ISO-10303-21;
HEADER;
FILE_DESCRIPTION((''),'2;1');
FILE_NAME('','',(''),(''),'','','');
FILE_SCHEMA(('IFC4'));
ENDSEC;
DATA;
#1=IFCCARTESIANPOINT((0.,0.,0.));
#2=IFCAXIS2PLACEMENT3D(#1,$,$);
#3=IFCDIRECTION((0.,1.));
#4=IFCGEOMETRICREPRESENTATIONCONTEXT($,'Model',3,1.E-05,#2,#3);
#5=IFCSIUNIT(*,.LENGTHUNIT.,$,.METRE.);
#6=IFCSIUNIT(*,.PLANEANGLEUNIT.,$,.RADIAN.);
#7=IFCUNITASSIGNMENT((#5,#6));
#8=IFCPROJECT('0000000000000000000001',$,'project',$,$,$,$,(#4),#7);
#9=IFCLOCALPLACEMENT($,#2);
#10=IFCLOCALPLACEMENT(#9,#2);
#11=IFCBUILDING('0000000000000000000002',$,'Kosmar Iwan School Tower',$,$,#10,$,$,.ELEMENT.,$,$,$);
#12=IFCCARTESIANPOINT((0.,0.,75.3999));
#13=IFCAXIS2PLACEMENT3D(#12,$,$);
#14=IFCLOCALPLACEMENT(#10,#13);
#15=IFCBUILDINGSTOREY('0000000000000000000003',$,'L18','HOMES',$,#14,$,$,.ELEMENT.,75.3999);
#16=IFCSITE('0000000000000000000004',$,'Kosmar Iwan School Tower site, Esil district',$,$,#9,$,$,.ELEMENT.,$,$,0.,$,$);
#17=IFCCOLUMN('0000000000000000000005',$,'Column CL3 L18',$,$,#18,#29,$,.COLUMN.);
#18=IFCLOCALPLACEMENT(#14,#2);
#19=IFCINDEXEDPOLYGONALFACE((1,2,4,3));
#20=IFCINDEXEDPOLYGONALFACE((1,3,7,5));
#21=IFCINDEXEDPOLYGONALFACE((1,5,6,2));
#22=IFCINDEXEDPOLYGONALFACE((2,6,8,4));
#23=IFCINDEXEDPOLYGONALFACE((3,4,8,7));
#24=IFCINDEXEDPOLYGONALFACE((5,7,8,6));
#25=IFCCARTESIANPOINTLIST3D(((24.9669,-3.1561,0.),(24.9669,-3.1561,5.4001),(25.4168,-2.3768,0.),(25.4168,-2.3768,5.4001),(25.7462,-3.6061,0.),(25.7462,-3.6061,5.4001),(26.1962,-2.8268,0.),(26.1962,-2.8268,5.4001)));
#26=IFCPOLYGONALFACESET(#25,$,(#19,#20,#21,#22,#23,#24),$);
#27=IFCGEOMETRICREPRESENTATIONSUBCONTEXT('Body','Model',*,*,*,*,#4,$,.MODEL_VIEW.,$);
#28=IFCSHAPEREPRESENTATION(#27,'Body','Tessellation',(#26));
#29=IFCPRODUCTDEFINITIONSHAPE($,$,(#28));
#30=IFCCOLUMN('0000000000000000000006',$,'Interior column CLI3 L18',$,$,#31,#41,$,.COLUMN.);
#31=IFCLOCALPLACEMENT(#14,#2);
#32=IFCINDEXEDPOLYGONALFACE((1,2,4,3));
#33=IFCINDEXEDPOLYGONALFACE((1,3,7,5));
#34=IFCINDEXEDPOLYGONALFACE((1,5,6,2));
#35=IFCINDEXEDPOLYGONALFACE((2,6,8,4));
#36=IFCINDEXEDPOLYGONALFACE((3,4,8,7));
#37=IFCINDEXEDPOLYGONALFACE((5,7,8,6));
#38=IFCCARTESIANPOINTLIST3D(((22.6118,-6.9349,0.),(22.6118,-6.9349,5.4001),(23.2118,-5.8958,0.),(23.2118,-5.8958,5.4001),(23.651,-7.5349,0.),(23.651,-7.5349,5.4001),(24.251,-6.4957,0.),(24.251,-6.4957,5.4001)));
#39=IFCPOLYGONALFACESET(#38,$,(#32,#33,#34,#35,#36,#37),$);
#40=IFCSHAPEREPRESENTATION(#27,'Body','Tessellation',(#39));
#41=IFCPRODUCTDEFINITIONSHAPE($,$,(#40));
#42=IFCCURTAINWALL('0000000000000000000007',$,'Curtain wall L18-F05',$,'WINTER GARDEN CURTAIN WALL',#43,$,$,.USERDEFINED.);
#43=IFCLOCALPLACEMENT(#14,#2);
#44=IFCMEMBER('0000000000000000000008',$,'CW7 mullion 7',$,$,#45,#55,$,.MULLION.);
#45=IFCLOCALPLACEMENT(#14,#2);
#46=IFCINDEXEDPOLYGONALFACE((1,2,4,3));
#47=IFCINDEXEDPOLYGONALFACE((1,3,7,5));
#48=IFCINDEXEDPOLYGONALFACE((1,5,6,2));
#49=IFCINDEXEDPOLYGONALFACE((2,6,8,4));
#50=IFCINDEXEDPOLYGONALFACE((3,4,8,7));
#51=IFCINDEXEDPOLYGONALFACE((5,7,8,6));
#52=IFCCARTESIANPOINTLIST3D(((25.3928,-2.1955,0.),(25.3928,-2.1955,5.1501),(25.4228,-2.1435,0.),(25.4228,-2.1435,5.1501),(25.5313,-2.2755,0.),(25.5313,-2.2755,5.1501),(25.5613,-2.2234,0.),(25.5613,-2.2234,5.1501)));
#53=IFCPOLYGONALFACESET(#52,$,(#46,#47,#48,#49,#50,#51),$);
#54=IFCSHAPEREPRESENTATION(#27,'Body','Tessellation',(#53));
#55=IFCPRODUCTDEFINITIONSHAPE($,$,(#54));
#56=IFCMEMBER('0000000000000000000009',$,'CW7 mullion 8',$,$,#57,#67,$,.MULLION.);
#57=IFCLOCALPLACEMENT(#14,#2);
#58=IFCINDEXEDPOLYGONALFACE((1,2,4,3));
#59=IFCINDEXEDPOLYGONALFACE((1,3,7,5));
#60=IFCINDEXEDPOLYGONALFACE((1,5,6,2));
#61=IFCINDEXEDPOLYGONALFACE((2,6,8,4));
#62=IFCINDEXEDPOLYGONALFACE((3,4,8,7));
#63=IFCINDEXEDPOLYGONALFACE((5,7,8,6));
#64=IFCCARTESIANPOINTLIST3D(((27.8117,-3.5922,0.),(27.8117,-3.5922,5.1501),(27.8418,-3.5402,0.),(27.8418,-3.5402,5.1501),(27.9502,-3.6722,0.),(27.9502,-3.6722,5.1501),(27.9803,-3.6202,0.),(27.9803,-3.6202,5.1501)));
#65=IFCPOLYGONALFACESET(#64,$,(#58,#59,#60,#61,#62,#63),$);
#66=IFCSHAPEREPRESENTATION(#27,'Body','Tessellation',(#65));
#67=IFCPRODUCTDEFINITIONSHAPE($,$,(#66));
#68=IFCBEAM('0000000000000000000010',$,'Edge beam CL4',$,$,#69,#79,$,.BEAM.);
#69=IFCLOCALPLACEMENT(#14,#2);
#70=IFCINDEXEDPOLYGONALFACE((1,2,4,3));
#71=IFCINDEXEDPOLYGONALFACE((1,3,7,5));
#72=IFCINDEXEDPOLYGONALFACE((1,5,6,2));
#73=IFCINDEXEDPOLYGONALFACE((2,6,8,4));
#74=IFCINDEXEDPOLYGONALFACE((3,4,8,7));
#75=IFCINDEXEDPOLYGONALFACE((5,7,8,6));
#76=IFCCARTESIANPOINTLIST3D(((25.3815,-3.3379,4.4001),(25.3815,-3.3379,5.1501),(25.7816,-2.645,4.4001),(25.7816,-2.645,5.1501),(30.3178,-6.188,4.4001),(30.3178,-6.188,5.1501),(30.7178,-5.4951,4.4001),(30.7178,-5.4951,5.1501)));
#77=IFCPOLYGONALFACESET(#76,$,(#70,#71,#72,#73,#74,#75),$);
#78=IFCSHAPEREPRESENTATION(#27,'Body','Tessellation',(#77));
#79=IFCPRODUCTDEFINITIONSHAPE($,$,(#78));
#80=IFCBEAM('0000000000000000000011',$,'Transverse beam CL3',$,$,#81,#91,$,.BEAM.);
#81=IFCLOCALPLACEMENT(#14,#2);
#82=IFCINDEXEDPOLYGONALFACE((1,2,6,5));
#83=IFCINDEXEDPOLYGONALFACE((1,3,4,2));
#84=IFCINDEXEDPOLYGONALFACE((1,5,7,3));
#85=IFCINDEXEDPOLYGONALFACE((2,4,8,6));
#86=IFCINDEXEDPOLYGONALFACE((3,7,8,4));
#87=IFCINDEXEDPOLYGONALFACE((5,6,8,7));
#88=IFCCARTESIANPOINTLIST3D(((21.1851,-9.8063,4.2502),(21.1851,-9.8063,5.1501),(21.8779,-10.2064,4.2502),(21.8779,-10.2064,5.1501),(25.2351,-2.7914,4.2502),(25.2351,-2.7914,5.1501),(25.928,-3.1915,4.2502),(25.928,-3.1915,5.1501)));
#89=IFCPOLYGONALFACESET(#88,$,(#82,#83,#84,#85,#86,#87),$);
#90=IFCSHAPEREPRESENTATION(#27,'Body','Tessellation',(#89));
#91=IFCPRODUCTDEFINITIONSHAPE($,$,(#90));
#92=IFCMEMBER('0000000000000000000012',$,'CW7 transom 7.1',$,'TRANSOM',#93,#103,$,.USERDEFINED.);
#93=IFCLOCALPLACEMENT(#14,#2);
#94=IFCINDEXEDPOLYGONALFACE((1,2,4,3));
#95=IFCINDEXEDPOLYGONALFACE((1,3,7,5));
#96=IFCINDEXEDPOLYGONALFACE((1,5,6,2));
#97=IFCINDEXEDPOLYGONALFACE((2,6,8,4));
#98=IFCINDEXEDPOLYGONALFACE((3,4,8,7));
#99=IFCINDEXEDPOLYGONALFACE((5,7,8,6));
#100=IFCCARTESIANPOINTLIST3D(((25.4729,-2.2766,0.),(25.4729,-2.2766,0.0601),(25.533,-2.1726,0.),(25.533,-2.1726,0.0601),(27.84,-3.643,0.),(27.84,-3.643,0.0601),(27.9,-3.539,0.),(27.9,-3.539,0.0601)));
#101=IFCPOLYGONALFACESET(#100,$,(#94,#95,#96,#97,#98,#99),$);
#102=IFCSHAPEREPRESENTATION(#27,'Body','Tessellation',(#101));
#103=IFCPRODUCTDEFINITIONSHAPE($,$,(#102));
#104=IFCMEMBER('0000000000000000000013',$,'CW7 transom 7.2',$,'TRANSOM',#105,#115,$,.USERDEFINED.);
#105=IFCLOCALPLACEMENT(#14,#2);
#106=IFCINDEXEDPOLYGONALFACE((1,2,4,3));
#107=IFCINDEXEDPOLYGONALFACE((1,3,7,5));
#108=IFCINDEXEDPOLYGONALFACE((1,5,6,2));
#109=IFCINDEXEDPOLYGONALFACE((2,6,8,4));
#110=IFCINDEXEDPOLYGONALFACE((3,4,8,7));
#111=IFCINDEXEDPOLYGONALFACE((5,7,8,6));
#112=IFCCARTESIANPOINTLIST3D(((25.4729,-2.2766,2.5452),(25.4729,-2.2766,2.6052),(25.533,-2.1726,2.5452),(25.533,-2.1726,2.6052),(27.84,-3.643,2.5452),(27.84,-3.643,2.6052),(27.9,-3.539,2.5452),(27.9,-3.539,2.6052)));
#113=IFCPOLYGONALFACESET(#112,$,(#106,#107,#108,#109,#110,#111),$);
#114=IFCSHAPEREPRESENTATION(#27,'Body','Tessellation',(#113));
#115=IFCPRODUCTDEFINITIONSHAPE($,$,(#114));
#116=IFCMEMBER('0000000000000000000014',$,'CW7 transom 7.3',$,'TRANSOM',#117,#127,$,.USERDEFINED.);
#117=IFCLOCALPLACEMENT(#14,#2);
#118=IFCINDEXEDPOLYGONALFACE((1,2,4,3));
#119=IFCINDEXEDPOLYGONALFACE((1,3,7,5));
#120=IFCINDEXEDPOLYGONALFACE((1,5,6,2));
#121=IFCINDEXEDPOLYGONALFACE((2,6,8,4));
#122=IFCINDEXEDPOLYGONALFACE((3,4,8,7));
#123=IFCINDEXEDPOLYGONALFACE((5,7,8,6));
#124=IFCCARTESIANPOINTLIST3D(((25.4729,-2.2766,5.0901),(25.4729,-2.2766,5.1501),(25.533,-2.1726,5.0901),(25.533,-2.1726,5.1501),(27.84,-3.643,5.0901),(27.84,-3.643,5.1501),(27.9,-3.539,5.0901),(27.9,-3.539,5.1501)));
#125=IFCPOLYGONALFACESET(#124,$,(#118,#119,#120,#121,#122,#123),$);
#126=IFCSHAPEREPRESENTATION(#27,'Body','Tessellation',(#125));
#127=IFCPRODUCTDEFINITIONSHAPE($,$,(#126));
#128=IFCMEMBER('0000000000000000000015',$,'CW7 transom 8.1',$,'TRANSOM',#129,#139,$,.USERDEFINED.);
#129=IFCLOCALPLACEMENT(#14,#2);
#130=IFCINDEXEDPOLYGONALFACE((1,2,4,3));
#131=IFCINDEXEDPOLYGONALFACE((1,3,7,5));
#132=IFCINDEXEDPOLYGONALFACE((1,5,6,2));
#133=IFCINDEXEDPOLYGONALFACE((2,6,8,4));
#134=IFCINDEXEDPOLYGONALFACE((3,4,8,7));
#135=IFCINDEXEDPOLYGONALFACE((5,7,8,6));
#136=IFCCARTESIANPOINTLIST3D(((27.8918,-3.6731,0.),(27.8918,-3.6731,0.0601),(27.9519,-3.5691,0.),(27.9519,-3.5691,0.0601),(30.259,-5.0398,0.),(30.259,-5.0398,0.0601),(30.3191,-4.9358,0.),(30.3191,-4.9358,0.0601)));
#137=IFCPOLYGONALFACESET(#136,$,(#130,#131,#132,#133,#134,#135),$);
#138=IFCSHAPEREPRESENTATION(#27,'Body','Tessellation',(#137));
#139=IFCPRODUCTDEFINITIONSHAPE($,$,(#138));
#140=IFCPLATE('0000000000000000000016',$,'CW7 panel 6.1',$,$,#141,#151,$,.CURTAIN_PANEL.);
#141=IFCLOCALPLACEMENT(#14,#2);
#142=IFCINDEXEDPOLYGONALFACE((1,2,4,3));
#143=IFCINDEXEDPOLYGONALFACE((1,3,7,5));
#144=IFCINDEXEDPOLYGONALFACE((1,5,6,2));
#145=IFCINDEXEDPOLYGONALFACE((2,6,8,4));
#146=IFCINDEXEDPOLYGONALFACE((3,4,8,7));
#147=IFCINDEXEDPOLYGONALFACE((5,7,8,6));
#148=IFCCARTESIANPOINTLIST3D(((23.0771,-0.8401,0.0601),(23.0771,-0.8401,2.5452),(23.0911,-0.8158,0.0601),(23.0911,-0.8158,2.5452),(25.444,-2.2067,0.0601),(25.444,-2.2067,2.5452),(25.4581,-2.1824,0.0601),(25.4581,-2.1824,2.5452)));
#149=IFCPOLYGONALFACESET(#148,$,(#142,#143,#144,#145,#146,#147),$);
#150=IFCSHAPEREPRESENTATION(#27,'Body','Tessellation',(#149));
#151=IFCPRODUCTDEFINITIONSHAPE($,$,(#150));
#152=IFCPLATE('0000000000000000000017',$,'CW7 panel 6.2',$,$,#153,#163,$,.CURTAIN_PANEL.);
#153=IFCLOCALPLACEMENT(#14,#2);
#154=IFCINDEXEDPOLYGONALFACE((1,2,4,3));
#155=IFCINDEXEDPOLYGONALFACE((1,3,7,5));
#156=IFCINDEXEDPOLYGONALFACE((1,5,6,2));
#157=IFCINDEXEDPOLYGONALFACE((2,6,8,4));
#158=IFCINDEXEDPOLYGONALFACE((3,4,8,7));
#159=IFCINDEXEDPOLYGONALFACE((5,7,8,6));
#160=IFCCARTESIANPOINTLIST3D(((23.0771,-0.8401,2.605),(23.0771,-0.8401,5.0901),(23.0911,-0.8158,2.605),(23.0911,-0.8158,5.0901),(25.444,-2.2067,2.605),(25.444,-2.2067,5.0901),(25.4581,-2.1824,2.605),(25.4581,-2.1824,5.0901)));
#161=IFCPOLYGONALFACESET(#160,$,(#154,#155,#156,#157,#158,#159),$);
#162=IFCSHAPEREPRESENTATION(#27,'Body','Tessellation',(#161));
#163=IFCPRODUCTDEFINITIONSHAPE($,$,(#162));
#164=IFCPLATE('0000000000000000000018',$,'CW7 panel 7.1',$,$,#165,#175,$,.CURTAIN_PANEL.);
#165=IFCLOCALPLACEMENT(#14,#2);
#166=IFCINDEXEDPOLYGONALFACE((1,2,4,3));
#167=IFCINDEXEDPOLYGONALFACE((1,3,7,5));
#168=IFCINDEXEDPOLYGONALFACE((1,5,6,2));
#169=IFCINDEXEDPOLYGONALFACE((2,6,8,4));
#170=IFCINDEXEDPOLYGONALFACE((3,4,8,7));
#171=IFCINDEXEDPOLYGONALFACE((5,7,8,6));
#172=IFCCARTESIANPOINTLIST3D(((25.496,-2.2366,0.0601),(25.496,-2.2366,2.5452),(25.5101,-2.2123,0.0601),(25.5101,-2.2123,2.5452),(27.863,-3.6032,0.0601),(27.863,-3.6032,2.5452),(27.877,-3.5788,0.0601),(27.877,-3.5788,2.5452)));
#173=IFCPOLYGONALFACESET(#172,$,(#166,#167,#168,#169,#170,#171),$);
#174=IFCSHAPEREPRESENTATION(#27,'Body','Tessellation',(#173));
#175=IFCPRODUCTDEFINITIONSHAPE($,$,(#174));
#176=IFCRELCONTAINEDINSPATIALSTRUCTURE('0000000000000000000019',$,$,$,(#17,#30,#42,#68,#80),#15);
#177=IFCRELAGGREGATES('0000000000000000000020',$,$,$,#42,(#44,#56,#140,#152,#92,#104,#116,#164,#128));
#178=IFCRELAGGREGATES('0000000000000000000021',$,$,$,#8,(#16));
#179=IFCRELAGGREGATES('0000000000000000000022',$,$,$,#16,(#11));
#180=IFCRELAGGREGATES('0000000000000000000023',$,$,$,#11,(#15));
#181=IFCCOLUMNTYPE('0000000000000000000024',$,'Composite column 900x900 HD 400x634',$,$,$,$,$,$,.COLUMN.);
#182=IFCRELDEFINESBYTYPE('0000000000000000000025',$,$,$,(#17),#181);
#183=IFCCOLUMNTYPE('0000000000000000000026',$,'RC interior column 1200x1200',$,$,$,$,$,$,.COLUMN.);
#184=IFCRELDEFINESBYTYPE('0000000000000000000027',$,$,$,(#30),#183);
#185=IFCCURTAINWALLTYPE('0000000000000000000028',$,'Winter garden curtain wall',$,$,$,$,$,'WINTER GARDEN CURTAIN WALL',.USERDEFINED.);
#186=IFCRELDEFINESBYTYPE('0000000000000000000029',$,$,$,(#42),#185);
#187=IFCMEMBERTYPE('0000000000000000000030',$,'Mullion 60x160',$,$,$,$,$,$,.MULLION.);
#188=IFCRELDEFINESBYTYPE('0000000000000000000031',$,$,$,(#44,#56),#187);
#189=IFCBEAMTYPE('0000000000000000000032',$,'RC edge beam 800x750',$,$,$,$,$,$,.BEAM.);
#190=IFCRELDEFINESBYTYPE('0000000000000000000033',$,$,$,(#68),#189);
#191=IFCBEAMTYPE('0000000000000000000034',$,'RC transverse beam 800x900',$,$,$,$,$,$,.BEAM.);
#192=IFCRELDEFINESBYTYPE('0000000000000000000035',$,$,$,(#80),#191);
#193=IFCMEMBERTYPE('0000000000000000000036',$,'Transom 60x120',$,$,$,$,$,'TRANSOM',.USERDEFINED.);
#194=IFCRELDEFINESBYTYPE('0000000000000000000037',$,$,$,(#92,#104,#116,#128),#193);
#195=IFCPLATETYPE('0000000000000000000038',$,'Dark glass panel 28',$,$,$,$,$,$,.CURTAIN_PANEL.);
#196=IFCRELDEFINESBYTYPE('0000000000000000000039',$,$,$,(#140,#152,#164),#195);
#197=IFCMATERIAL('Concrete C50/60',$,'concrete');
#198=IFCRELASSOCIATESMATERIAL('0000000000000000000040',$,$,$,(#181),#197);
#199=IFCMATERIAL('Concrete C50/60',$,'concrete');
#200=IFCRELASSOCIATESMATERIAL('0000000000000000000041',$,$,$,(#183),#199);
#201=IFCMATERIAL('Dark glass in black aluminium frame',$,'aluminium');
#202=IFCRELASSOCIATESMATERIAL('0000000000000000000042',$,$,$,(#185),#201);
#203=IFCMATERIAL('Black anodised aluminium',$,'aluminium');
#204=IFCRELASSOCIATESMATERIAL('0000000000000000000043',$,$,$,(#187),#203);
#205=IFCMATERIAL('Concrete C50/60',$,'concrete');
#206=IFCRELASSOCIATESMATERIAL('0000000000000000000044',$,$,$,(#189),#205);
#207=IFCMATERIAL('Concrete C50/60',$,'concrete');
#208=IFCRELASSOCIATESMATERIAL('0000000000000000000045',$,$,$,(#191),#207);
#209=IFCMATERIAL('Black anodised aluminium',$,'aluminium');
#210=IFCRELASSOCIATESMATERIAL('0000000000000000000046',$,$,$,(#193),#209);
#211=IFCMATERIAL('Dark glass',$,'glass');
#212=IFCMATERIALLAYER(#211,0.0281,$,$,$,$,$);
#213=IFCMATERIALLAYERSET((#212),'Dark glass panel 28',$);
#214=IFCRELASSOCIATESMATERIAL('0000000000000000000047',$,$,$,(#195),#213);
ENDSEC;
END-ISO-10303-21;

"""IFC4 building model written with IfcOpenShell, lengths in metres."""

from ifc_helpers import new_model, si_unit, direction, frame, origin, origin_2d, place, context, subcontext, project, spatial, rectangle, extrude, material, layer, layer_set, material_profile, profile_set, type_object, element, aggregate, save


model = new_model("IFC4")

# Units and contexts
model_context = context("Model", 3, precision=1e-05, world=origin(), true_north=direction((0.0, 1.0)))
body_context = subcontext(model_context, "Body", "Model", "MODEL_VIEW")
ifc_project = project(units=[si_unit("LENGTHUNIT", "METRE"), si_unit("PLANEANGLEUNIT", "RADIAN")], contexts=[model_context])

# Site, building, storey
site_placement = place(None, origin())
site = spatial("IfcSite", under=ifc_project, at=site_placement, Name="Kosmar Iwan School Tower site, Esil district", CompositionType="ELEMENT", RefElevation=0.0)
building_placement = place(site_placement, origin())
building = spatial("IfcBuilding", under=site, at=building_placement, Name="Kosmar Iwan School Tower", CompositionType="ELEMENT")
storey_placement = place(building_placement, frame((0.0, 0.0, 75.3999)))
storey = spatial("IfcBuildingStorey", under=building, at=storey_placement, Name="L18", Description="HOMES", CompositionType="ELEMENT", Elevation=75.3999)

# Columns
ifc_material_1 = material(Name="Concrete C50/60", Category="concrete")
ifc_material_profile_1 = material_profile(ifc_material_1, rectangle(XDim=0.8999, YDim=0.8999, at=origin_2d()), Name="RC 900x900 + HD 400x634")
ifc_profile_set_1 = profile_set([ifc_material_profile_1], Name="Concrete C50/60")
column_type_1 = type_object("IfcColumnType", Name="Composite column 900x900 HD 400x634", PredefinedType="COLUMN", material=ifc_profile_set_1)
column_1_placement = place(storey_placement, frame((25.5815, -2.9915, 0.0), z_axis=(0.0, 0.0, 1.0), x_axis=(0.866025, -0.5, 0.0)))
element("IfcColumn", 1, at=column_1_placement, inside=storey, type_object=column_type_1, Name="Column CL3 L18", PredefinedType="COLUMN", context=body_context, shape_type="SweptSolid", body=[
    extrude(rectangle(XDim=0.8999, YDim=0.8999, at=origin_2d()), origin(), (0.0, 0.0, 1.0), 5.4001),
])
ifc_material_2 = material(Name="Concrete C50/60", Category="concrete")
ifc_material_profile_2 = material_profile(ifc_material_2, rectangle(XDim=1.2, YDim=1.2, at=origin_2d()), Name="RC 1200x1200")
ifc_profile_set_2 = profile_set([ifc_material_profile_2], Name="Concrete C50/60")
column_type_2 = type_object("IfcColumnType", Name="RC interior column 1200x1200", PredefinedType="COLUMN", material=ifc_profile_set_2)
column_2_placement = place(storey_placement, frame((23.4314, -6.7153, 0.0), z_axis=(0.0, 0.0, 1.0), x_axis=(0.866025, -0.5, 0.0)))
element("IfcColumn", 2, at=column_2_placement, inside=storey, type_object=column_type_2, Name="Interior column CLI3 L18", PredefinedType="COLUMN", context=body_context, shape_type="SweptSolid", body=[
    extrude(rectangle(XDim=1.2, YDim=1.2, at=origin_2d()), origin(), (0.0, 0.0, 1.0), 5.4001),
])

# Curtain wall, members
ifc_material_3 = material(Name="Dark glass in black aluminium frame", Category="aluminium")
curtain_wall_type = type_object("IfcCurtainWallType", Name="Winter garden curtain wall", ElementType="WINTER GARDEN CURTAIN WALL", PredefinedType="USERDEFINED", material=ifc_material_3)
curtain_wall_placement = place(storey_placement, origin())
curtain_wall = element("IfcCurtainWall", 3, at=curtain_wall_placement, inside=storey, type_object=curtain_wall_type, Name="Curtain wall L18-F05", ObjectType="WINTER GARDEN CURTAIN WALL", PredefinedType="USERDEFINED")
ifc_material_4 = material(Name="Black anodised aluminium", Category="aluminium")
ifc_material_profile_3 = material_profile(ifc_material_4, rectangle(XDim=0.0601, YDim=0.1599, at=origin_2d()), Name="MULLION 60x160")
ifc_profile_set_3 = profile_set([ifc_material_profile_3], Name="Black anodised aluminium")
member_type_1 = type_object("IfcMemberType", Name="Mullion 60x160", PredefinedType="MULLION", material=ifc_profile_set_3)
member_1_placement = place(storey_placement, frame((25.4771, -2.2095, 0.0), z_axis=(0.0, 0.0, 1.0), x_axis=(0.5, 0.866025, 0.0)))
member_1 = element("IfcMember", 4, at=member_1_placement, type_object=member_type_1, Name="CW7 mullion 7", PredefinedType="MULLION", context=body_context, shape_type="SweptSolid", body=[
    extrude(rectangle(XDim=0.0601, YDim=0.1599, at=origin_2d()), origin(), (0.0, 0.0, 1.0), 5.1501),
])
member_2_placement = place(storey_placement, frame((27.896, -3.6062, 0.0), z_axis=(0.0, 0.0, 1.0), x_axis=(0.5, 0.866025, 0.0)))
member_2 = element("IfcMember", 5, at=member_2_placement, type_object=member_type_1, Name="CW7 mullion 8", PredefinedType="MULLION", context=body_context, shape_type="SweptSolid", body=[
    extrude(rectangle(XDim=0.0601, YDim=0.1599, at=origin_2d()), origin(), (0.0, 0.0, 1.0), 5.1501),
])

# Beams
ifc_material_5 = material(Name="Concrete C50/60", Category="concrete")
ifc_material_profile_4 = material_profile(ifc_material_5, rectangle(XDim=0.8, YDim=0.75, at=origin_2d()), Name="RC 800x750")
ifc_profile_set_4 = profile_set([ifc_material_profile_4], Name="Concrete C50/60")
beam_type_1 = type_object("IfcBeamType", Name="RC edge beam 800x750", PredefinedType="BEAM", material=ifc_profile_set_4)
beam_1_placement = place(storey_placement, frame((25.5815, -2.9915, 4.7751), z_axis=(0.866015, -0.500018, 0.0), x_axis=(0.500018, 0.866015, 0.0)))
element("IfcBeam", 6, at=beam_1_placement, inside=storey, type_object=beam_type_1, Name="Edge beam CL4", PredefinedType="BEAM", context=body_context, shape_type="SweptSolid", body=[
    extrude(rectangle(XDim=0.8, YDim=0.75, at=origin_2d()), origin(), (0.0, 0.0, 1.0), 5.7),
])
ifc_material_6 = material(Name="Concrete C50/60", Category="concrete")
ifc_material_profile_5 = material_profile(ifc_material_6, rectangle(XDim=0.8, YDim=0.8999, at=origin_2d()), Name="RC 800x900")
ifc_profile_set_5 = profile_set([ifc_material_profile_5], Name="Concrete C50/60")
beam_type_2 = type_object("IfcBeamType", Name="RC transverse beam 800x900", PredefinedType="BEAM", material=ifc_profile_set_5)
beam_2_placement = place(storey_placement, frame((25.5815, -2.9915, 4.7002), z_axis=(-0.5, -0.866025, 0.0), x_axis=(0.866025, -0.5, 0.0)))
element("IfcBeam", 7, at=beam_2_placement, inside=storey, type_object=beam_type_2, Name="Transverse beam CL3", PredefinedType="BEAM", context=body_context, shape_type="SweptSolid", body=[
    extrude(rectangle(XDim=0.8, YDim=0.8999, at=origin_2d()), origin(), (0.0, 0.0, 1.0), 8.1001),
])

# Members
ifc_material_7 = material(Name="Black anodised aluminium", Category="aluminium")
ifc_material_profile_6 = material_profile(ifc_material_7, rectangle(XDim=0.1201, YDim=0.0601, at=origin_2d()), Name="TRANSOM 60x120")
ifc_profile_set_6 = profile_set([ifc_material_profile_6], Name="Black anodised aluminium")
member_type_2 = type_object("IfcMemberType", Name="Transom 60x120", ElementType="TRANSOM", PredefinedType="USERDEFINED", material=ifc_profile_set_6)
member_3_placement = place(storey_placement, frame((25.5029, -2.2246, 0.03), z_axis=(0.866064, -0.499934, 0.0), x_axis=(0.499934, 0.866064, 0.0)))
member_3 = element("IfcMember", 8, at=member_3_placement, type_object=member_type_2, Name="CW7 transom 7.1", ObjectType="TRANSOM", PredefinedType="USERDEFINED", context=body_context, shape_type="SweptSolid", body=[
    extrude(rectangle(XDim=0.1201, YDim=0.0601, at=origin_2d()), origin(), (0.0, 0.0, 1.0), 2.7332),
])
member_4_placement = place(storey_placement, frame((25.5029, -2.2246, 2.5752), z_axis=(0.866064, -0.499934, 0.0), x_axis=(0.499934, 0.866064, 0.0)))
member_4 = element("IfcMember", 9, at=member_4_placement, type_object=member_type_2, Name="CW7 transom 7.2", ObjectType="TRANSOM", PredefinedType="USERDEFINED", context=body_context, shape_type="SweptSolid", body=[
    extrude(rectangle(XDim=0.1201, YDim=0.0601, at=origin_2d()), origin(), (0.0, 0.0, 1.0), 2.7332),
])
member_5_placement = place(storey_placement, frame((25.5029, -2.2246, 5.1201), z_axis=(0.866064, -0.499934, 0.0), x_axis=(0.499934, 0.866064, 0.0)))
member_5 = element("IfcMember", 10, at=member_5_placement, type_object=member_type_2, Name="CW7 transom 7.3", ObjectType="TRANSOM", PredefinedType="USERDEFINED", context=body_context, shape_type="SweptSolid", body=[
    extrude(rectangle(XDim=0.1201, YDim=0.0601, at=origin_2d()), origin(), (0.0, 0.0, 1.0), 2.7332),
])
member_6_placement = place(storey_placement, frame((27.9219, -3.6211, 0.03), z_axis=(0.866025, -0.500001, 0.0), x_axis=(0.500001, 0.866025, 0.0)))
member_6 = element("IfcMember", 11, at=member_6_placement, type_object=member_type_2, Name="CW7 transom 8.1", ObjectType="TRANSOM", PredefinedType="USERDEFINED", context=body_context, shape_type="SweptSolid", body=[
    extrude(rectangle(XDim=0.1201, YDim=0.0601, at=origin_2d()), origin(), (0.0, 0.0, 1.0), 2.7334),
])

# Plates
ifc_material_8 = material(Name="Dark glass", Category="glass")
ifc_layer_1 = layer(ifc_material_8, 0.0281)
ifc_layer_set_1 = layer_set([ifc_layer_1], Name="Dark glass panel 28")
plate_type = type_object("IfcPlateType", Name="Dark glass panel 28", PredefinedType="CURTAIN_PANEL", material=ifc_layer_set_1)
plate_1_placement = place(storey_placement, frame((24.2676, -1.5112, 0.0601), z_axis=(0.0, 0.0, 1.0), x_axis=(0.866025, -0.5, 0.0)))
plate_1 = element("IfcPlate", 12, at=plate_1_placement, type_object=plate_type, Name="CW7 panel 6.1", PredefinedType="CURTAIN_PANEL", context=body_context, shape_type="SweptSolid", body=[
    extrude(rectangle(XDim=2.7332, YDim=0.0281, at=origin_2d()), origin(), (0.0, 0.0, 1.0), 2.4851),
])
plate_2_placement = place(storey_placement, frame((24.2676, -1.5112, 2.605), z_axis=(0.0, 0.0, 1.0), x_axis=(0.866025, -0.5, 0.0)))
plate_2 = element("IfcPlate", 13, at=plate_2_placement, type_object=plate_type, Name="CW7 panel 6.2", PredefinedType="CURTAIN_PANEL", context=body_context, shape_type="SweptSolid", body=[
    extrude(rectangle(XDim=2.7332, YDim=0.0281, at=origin_2d()), origin(), (0.0, 0.0, 1.0), 2.4851),
])
plate_3_placement = place(storey_placement, frame((26.6865, -2.9077, 0.0601), z_axis=(0.0, 0.0, 1.0), x_axis=(0.866025, -0.5, 0.0)))
plate_3 = element("IfcPlate", 14, at=plate_3_placement, type_object=plate_type, Name="CW7 panel 7.1", PredefinedType="CURTAIN_PANEL", context=body_context, shape_type="SweptSolid", body=[
    extrude(rectangle(XDim=2.7332, YDim=0.0281, at=origin_2d()), origin(), (0.0, 0.0, 1.0), 2.4851),
])
aggregate(curtain_wall, [member_1, member_2, plate_1, plate_2, member_3, member_4, member_5, plate_3, member_6])

save(model, "model.ifc")
